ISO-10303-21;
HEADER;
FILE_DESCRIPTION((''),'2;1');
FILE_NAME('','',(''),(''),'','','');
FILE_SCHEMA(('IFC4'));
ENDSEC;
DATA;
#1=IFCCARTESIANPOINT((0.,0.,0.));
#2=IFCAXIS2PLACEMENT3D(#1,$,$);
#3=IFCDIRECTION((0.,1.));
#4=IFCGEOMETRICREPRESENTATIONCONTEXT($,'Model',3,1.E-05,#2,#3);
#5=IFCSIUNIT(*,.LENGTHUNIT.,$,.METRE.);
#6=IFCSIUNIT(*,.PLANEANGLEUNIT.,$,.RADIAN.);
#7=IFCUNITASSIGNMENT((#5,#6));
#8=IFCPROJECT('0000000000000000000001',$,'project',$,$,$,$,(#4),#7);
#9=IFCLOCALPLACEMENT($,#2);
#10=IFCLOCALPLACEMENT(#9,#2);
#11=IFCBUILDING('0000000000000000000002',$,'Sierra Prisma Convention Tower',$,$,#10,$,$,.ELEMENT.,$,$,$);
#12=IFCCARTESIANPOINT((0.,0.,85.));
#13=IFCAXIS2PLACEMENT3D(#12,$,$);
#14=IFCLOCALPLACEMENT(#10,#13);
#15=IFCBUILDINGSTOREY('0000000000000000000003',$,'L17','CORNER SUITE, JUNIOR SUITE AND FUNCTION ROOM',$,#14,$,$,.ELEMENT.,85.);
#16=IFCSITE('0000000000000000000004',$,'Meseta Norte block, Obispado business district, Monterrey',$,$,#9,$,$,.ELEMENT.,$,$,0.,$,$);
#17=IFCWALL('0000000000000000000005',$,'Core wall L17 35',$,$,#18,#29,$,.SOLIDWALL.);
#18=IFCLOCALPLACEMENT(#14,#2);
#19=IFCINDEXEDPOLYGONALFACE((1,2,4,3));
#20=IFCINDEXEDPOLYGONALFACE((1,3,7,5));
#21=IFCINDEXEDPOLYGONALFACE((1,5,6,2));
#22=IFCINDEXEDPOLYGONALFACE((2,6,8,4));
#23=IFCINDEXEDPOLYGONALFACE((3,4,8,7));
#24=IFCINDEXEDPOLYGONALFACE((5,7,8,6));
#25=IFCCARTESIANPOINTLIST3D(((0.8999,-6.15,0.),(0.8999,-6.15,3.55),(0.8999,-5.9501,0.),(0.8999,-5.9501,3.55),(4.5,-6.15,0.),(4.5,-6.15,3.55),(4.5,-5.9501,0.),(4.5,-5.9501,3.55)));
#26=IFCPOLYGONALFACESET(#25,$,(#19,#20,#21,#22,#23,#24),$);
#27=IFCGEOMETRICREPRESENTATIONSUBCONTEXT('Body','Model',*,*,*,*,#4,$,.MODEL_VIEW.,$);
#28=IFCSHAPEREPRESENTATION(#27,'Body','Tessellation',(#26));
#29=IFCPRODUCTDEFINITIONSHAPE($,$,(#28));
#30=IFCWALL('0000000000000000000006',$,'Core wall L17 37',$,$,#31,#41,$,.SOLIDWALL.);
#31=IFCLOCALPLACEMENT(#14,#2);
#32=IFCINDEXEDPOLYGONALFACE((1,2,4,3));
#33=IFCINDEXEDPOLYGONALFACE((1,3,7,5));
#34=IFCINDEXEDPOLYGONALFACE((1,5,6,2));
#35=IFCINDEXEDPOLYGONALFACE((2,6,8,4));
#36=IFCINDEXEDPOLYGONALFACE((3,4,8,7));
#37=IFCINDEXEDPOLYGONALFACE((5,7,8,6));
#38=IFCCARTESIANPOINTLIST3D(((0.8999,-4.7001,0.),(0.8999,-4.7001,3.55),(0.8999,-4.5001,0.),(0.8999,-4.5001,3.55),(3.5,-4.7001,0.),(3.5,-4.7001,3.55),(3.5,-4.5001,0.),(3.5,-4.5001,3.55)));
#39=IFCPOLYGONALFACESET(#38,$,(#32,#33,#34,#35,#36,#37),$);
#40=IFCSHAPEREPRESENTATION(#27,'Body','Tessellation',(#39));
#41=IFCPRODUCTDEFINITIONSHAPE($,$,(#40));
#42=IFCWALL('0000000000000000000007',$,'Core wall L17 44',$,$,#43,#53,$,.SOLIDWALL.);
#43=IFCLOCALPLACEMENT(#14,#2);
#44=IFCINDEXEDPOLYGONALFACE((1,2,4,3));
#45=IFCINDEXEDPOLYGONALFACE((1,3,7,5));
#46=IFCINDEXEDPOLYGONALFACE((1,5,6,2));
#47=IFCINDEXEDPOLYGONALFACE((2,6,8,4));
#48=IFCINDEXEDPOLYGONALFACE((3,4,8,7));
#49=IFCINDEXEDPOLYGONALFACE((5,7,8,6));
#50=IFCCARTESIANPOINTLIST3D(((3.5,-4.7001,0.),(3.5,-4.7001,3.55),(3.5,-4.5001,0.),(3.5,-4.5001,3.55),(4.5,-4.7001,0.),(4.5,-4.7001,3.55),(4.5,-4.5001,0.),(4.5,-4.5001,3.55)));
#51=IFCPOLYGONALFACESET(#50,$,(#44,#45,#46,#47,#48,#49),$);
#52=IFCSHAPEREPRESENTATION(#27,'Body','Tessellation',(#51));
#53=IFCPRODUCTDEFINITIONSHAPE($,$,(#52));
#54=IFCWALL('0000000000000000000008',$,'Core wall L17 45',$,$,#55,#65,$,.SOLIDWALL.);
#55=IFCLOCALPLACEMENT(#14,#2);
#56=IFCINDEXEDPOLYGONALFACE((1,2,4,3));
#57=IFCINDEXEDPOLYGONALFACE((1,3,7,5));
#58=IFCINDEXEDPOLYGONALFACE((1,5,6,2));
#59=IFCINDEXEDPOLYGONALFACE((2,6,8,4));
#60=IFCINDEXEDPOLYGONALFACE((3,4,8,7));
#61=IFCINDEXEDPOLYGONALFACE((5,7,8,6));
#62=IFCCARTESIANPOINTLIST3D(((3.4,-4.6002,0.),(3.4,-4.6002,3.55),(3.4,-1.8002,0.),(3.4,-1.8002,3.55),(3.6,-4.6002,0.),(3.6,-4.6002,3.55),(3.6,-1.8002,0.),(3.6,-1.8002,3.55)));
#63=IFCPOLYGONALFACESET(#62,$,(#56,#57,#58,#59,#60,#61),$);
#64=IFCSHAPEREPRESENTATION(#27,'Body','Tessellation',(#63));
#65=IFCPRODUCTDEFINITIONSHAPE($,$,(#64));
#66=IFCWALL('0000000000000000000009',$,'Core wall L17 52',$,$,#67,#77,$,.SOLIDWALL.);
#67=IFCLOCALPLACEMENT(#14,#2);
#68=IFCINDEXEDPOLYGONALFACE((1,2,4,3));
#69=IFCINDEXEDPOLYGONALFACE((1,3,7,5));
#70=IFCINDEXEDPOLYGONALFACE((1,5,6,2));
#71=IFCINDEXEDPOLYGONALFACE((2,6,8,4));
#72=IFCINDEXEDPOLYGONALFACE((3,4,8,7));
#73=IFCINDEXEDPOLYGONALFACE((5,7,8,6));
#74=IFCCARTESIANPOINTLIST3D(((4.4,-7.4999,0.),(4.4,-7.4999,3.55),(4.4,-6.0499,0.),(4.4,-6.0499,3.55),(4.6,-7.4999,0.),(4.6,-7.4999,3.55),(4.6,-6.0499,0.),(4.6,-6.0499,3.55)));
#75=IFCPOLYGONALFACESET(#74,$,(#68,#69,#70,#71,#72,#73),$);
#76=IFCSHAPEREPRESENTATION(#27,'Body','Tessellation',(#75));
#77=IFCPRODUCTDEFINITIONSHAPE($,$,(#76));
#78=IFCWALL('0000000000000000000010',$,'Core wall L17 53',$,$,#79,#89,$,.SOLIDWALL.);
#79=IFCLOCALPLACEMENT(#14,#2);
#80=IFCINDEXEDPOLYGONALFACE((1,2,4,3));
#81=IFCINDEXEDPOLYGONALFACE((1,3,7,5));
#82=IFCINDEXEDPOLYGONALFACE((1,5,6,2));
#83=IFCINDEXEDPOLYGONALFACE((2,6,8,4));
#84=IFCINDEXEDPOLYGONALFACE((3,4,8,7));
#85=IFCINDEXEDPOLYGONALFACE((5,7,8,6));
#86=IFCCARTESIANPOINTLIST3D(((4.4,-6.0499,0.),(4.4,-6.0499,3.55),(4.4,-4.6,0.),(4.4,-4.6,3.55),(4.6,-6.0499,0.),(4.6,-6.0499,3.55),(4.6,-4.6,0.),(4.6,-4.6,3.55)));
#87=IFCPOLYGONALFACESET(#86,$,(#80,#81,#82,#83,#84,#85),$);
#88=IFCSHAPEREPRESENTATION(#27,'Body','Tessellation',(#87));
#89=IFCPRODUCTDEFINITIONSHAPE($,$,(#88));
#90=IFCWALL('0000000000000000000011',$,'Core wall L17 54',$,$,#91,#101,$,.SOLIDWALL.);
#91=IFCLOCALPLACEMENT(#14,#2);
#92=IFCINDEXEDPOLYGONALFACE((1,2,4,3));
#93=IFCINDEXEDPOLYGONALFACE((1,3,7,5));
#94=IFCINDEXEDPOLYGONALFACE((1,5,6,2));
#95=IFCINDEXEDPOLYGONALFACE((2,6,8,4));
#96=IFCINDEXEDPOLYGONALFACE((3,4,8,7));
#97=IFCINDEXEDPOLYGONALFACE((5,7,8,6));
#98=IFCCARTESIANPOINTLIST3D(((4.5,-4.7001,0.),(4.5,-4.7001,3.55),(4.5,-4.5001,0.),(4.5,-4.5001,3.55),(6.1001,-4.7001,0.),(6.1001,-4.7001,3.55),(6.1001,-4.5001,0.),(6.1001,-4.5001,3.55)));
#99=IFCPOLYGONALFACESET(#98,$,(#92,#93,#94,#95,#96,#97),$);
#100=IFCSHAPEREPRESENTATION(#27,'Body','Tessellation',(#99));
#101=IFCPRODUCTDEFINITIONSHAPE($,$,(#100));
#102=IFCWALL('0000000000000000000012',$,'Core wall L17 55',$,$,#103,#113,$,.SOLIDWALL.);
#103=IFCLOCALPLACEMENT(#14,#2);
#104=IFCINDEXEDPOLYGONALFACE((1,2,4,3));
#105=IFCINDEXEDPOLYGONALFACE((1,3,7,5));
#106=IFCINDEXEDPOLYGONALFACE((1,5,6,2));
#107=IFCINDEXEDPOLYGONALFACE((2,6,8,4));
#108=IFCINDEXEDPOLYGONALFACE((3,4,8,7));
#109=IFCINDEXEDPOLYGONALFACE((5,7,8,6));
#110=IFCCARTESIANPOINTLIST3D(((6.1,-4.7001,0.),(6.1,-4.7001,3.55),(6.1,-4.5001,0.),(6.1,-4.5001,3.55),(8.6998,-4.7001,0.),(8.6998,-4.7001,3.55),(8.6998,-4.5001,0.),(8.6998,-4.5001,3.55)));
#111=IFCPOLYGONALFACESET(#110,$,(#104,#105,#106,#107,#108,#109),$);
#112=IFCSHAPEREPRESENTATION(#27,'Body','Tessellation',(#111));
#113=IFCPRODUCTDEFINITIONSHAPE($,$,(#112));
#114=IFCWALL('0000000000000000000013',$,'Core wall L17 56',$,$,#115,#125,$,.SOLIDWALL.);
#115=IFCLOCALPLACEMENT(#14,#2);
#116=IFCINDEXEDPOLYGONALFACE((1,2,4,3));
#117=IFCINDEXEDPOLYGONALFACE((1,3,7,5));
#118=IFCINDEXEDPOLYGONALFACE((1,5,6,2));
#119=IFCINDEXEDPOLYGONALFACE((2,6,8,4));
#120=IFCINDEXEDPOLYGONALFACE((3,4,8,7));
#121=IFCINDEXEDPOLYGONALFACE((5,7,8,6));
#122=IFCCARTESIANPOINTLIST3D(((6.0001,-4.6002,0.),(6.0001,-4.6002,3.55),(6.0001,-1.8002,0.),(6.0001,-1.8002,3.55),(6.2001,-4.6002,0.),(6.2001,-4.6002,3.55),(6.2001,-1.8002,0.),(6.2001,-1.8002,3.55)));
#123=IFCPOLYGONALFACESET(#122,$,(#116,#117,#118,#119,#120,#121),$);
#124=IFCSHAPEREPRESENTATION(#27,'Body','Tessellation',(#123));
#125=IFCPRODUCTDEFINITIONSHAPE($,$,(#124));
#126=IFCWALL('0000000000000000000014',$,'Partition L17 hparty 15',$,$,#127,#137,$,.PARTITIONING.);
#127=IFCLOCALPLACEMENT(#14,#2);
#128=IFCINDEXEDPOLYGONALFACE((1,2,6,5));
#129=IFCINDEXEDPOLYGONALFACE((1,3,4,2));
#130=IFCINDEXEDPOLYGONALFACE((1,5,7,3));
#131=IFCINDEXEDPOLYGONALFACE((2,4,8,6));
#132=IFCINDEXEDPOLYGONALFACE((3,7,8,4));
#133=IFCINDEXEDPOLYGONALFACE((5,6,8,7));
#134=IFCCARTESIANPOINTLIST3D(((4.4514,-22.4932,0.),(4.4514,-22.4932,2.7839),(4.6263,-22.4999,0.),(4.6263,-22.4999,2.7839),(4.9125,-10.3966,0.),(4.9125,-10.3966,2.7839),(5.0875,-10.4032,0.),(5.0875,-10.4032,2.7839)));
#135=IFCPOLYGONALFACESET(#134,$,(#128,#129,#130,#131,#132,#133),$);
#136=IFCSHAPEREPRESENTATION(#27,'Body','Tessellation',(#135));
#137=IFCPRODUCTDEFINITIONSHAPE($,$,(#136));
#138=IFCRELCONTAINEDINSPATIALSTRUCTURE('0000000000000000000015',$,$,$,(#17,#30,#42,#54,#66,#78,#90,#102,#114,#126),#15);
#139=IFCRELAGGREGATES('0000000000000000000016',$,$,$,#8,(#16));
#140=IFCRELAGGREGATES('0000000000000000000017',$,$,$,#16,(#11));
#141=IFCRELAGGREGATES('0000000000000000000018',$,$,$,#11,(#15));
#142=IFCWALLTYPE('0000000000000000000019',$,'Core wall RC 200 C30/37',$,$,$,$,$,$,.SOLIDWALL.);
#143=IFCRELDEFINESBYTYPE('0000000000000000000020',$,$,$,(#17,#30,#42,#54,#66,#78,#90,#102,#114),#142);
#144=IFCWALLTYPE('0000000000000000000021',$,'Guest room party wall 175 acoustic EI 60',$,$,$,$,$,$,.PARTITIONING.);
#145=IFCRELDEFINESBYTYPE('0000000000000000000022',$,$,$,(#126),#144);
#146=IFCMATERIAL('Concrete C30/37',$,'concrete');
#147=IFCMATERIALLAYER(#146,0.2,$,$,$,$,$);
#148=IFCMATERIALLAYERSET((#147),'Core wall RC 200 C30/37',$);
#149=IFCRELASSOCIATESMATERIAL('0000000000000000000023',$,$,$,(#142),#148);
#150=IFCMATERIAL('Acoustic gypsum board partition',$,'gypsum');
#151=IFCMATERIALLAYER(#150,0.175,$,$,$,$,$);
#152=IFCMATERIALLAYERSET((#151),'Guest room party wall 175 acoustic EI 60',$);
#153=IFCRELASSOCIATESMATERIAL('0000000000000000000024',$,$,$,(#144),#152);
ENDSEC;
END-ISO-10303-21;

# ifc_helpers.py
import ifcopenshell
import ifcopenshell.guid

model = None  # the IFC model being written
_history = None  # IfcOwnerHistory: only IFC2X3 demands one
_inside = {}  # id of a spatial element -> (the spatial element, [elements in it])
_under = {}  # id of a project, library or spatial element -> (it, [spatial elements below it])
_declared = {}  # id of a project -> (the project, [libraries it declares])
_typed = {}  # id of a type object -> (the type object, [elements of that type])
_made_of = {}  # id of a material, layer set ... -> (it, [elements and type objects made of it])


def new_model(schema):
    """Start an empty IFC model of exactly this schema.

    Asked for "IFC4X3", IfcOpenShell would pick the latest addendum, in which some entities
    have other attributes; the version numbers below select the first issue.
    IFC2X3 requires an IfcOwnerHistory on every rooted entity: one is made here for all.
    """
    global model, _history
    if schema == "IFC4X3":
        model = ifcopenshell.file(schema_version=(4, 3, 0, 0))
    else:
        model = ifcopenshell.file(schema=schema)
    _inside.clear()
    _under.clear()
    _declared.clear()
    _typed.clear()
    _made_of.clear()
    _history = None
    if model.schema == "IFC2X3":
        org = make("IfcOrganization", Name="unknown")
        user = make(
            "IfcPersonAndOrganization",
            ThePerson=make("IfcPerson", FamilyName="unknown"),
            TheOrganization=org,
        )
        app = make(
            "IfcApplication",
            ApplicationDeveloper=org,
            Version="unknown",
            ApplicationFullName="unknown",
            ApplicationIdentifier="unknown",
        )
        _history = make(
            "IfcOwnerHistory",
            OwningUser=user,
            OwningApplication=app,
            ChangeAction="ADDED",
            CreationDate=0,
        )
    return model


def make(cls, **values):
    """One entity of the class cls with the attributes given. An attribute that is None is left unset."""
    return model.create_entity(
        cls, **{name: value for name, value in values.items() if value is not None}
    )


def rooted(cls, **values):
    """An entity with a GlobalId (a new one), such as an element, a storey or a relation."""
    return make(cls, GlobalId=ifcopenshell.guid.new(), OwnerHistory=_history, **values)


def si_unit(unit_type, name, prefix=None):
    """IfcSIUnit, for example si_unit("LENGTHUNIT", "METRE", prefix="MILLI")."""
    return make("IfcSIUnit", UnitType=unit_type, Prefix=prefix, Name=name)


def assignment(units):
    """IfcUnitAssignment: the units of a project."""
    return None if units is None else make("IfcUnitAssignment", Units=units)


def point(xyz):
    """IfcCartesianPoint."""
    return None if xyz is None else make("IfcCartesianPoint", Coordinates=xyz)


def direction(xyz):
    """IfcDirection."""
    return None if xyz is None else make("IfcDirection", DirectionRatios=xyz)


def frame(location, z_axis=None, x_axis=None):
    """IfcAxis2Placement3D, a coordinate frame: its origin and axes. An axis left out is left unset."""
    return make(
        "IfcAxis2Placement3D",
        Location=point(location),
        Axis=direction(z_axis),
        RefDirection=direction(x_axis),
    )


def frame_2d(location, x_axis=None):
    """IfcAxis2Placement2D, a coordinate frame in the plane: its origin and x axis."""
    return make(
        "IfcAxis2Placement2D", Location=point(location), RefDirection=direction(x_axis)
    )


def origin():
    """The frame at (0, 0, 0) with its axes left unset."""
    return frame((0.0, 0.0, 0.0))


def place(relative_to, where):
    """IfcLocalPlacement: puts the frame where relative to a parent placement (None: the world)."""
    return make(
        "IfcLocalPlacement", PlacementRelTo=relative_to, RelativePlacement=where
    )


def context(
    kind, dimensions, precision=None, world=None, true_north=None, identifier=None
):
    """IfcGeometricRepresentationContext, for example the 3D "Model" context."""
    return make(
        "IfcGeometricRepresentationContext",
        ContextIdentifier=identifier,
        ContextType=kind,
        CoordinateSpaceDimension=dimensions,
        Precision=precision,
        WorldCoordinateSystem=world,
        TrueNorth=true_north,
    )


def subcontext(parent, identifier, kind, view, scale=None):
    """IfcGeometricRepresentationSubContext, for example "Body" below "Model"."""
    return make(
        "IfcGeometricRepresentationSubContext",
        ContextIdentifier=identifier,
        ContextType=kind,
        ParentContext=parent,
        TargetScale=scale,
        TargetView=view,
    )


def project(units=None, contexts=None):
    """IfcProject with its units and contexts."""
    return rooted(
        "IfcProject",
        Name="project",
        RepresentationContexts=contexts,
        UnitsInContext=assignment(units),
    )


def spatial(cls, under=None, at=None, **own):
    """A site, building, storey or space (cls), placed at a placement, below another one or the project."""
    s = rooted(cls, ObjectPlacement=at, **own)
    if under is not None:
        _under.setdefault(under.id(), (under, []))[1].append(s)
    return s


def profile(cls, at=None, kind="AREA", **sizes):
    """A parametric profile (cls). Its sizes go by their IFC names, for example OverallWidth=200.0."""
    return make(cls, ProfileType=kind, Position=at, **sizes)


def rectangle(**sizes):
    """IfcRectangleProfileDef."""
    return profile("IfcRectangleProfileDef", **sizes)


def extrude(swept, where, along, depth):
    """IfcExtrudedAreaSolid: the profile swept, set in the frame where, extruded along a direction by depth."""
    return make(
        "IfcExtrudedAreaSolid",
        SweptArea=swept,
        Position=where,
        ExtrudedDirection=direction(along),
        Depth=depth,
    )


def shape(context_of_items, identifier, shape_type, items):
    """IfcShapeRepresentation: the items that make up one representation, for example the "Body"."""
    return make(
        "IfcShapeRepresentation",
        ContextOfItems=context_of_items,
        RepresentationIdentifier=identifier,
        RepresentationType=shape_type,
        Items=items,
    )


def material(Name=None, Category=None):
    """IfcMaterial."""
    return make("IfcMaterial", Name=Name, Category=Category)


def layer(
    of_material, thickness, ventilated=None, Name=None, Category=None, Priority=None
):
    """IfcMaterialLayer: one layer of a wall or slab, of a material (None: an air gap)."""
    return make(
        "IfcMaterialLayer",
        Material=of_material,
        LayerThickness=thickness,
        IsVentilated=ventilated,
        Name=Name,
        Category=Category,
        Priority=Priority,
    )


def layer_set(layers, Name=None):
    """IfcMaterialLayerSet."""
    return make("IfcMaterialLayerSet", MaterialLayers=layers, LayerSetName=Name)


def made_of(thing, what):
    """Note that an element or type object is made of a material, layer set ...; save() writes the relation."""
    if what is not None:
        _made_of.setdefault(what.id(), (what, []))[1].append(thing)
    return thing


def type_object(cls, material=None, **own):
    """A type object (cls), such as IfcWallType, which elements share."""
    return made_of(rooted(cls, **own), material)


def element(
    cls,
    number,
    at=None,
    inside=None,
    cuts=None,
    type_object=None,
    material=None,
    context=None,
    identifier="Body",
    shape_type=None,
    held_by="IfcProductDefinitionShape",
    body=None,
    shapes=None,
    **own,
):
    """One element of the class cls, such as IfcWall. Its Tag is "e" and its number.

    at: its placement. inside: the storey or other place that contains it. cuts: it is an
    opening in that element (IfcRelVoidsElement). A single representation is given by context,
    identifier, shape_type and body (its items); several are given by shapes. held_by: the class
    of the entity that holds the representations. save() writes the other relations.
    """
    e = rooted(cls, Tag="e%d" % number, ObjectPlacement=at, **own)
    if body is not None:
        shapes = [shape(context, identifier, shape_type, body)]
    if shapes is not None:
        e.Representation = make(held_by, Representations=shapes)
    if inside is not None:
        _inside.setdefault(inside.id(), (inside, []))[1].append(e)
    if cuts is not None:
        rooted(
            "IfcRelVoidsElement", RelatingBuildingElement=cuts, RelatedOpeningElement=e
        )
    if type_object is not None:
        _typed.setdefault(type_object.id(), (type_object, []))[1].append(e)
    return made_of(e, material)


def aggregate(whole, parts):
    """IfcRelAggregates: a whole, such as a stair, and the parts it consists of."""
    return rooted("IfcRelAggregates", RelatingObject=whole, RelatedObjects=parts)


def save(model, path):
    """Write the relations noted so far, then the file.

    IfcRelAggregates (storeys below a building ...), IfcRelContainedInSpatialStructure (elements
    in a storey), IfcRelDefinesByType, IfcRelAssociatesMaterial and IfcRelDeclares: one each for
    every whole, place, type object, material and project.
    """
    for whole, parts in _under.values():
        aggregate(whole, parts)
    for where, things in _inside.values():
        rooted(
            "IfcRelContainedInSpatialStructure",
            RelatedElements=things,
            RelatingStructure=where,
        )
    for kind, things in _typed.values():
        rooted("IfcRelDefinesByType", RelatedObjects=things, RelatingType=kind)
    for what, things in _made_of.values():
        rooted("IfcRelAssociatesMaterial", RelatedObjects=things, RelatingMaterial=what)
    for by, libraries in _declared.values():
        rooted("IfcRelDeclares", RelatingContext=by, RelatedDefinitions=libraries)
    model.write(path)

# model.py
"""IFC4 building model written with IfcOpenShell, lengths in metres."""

from ifc_helpers import new_model, si_unit, direction, frame, frame_2d, origin, place, context, subcontext, project, spatial, rectangle, extrude, material, layer, layer_set, type_object, element, save


model = new_model("IFC4")

# Units and contexts
model_context = context("Model", 3, precision=1e-05, world=origin(), true_north=direction((0.0, 1.0)))
body_context = subcontext(model_context, "Body", "Model", "MODEL_VIEW")
ifc_project = project(units=[si_unit("LENGTHUNIT", "METRE"), si_unit("PLANEANGLEUNIT", "RADIAN")], contexts=[model_context])

# Site, building, storey
site_placement = place(None, origin())
site = spatial("IfcSite", under=ifc_project, at=site_placement, Name="Meseta Norte block, Obispado business district, Monterrey", CompositionType="ELEMENT", RefElevation=0.0)
building_placement = place(site_placement, origin())
building = spatial("IfcBuilding", under=site, at=building_placement, Name="Sierra Prisma Convention Tower", CompositionType="ELEMENT")
storey_placement = place(building_placement, frame((0.0, 0.0, 85.0)))
storey = spatial("IfcBuildingStorey", under=building, at=storey_placement, Name="L17", Description="CORNER SUITE, JUNIOR SUITE AND FUNCTION ROOM", CompositionType="ELEMENT", Elevation=85.0)

# Shared definitions
ifc_material_1 = material(Name="Concrete C30/37", Category="concrete")
ifc_layer_1 = layer(ifc_material_1, 0.2)
ifc_layer_set_1 = layer_set([ifc_layer_1], Name="Core wall RC 200 C30/37")
wall_type_1 = type_object("IfcWallType", Name="Core wall RC 200 C30/37", PredefinedType="SOLIDWALL", material=ifc_layer_set_1)

# Wall
wall_1_placement = place(storey_placement, frame((4.5, -6.05, 0.0), z_axis=(0.0, 0.0, 1.0), x_axis=(-1.0, 0.0, 0.0)))
element("IfcWall", 1, at=wall_1_placement, inside=storey, type_object=wall_type_1, Name="Core wall L17 35", PredefinedType="SOLIDWALL", context=body_context, shape_type="SweptSolid", body=[
    extrude(rectangle(XDim=3.6001, YDim=0.2, at=frame_2d((1.8, 0.0))), origin(), (0.0, 0.0, 1.0), 3.55),
])

# Walls
wall_2_placement = place(storey_placement, frame((3.5, -4.6001, 0.0), z_axis=(0.0, 0.0, 1.0), x_axis=(-1.0, 0.0, 0.0)))
element("IfcWall", 2, at=wall_2_placement, inside=storey, type_object=wall_type_1, Name="Core wall L17 37", PredefinedType="SOLIDWALL", context=body_context, shape_type="SweptSolid", body=[
    extrude(rectangle(XDim=2.6001, YDim=0.2, at=frame_2d((1.3, 0.0))), origin(), (0.0, 0.0, 1.0), 3.55),
])
wall_3_placement = place(storey_placement, frame((4.5, -4.6001, 0.0), z_axis=(0.0, 0.0, 1.0), x_axis=(-1.0, 0.0, 0.0)))
element("IfcWall", 3, at=wall_3_placement, inside=storey, type_object=wall_type_1, Name="Core wall L17 44", PredefinedType="SOLIDWALL", context=body_context, shape_type="SweptSolid", body=[
    extrude(rectangle(XDim=1.0, YDim=0.2, at=frame_2d((0.5, 0.0))), origin(), (0.0, 0.0, 1.0), 3.55),
])
wall_4_placement = place(storey_placement, frame((3.5, -4.6001, 0.0), z_axis=(0.0, 0.0, 1.0), x_axis=(0.0, 1.0, 0.0)))
element("IfcWall", 4, at=wall_4_placement, inside=storey, type_object=wall_type_1, Name="Core wall L17 45", PredefinedType="SOLIDWALL", context=body_context, shape_type="SweptSolid", body=[
    extrude(rectangle(XDim=2.8, YDim=0.2, at=frame_2d((1.3999, 0.0))), origin(), (0.0, 0.0, 1.0), 3.55),
])
for number, where, z_axis, x_axis, name in (
    (5, (4.5, -7.5, 0.0), (0.0, 0.0, 1.0), (0.0, 1.0, 0.0), "Core wall L17 52"),
    (6, (4.5, -6.05, 0.0), (0.0, 0.0, 1.0), (0.0, 1.0, 0.0), "Core wall L17 53"),
):
    element("IfcWall", number, at=place(storey_placement, frame(where, z_axis=z_axis, x_axis=x_axis)), inside=storey, type_object=wall_type_1, Name=name, PredefinedType="SOLIDWALL", context=body_context, shape_type="SweptSolid", body=[
        extrude(rectangle(XDim=1.45, YDim=0.2, at=frame_2d((0.7251, 0.0))), origin(), (0.0, 0.0, 1.0), 3.55),
    ])
wall_5_placement = place(storey_placement, frame((4.5, -4.6001, 0.0), z_axis=(0.0, 0.0, 1.0), x_axis=(1.0, 0.0, 0.0)))
element("IfcWall", 7, at=wall_5_placement, inside=storey, type_object=wall_type_1, Name="Core wall L17 54", PredefinedType="SOLIDWALL", context=body_context, shape_type="SweptSolid", body=[
    extrude(rectangle(XDim=1.6001, YDim=0.2, at=frame_2d((0.8, 0.0))), origin(), (0.0, 0.0, 1.0), 3.55),
])
wall_6_placement = place(storey_placement, frame((6.1001, -4.6001, 0.0), z_axis=(0.0, 0.0, 1.0), x_axis=(1.0, 0.0, 0.0)))
element("IfcWall", 8, at=wall_6_placement, inside=storey, type_object=wall_type_1, Name="Core wall L17 55", PredefinedType="SOLIDWALL", context=body_context, shape_type="SweptSolid", body=[
    extrude(rectangle(XDim=2.5999, YDim=0.2, at=frame_2d((1.2998, 0.0))), origin(), (0.0, 0.0, 1.0), 3.55),
])
wall_7_placement = place(storey_placement, frame((6.1001, -4.6001, 0.0), z_axis=(0.0, 0.0, 1.0), x_axis=(0.0, 1.0, 0.0)))
element("IfcWall", 9, at=wall_7_placement, inside=storey, type_object=wall_type_1, Name="Core wall L17 56", PredefinedType="SOLIDWALL", context=body_context, shape_type="SweptSolid", body=[
    extrude(rectangle(XDim=2.8, YDim=0.2, at=frame_2d((1.3999, 0.0))), origin(), (0.0, 0.0, 1.0), 3.55),
])
ifc_material_2 = material(Name="Acoustic gypsum board partition", Category="gypsum")
ifc_layer_2 = layer(ifc_material_2, 0.175)
ifc_layer_set_2 = layer_set([ifc_layer_2], Name="Guest room party wall 175 acoustic EI 60")
wall_type_2 = type_object("IfcWallType", Name="Guest room party wall 175 acoustic EI 60", PredefinedType="PARTITIONING", material=ifc_layer_set_2)
wall_8_placement = place(storey_placement, frame((5.0, -10.3999, 0.0), z_axis=(0.0, 0.0, 1.0), x_axis=(-0.038097, -0.999274, 0.0)))
element("IfcWall", 10, at=wall_8_placement, inside=storey, type_object=wall_type_2, Name="Partition L17 hparty 15", PredefinedType="PARTITIONING", context=body_context, shape_type="SweptSolid", body=[
    extrude(rectangle(XDim=12.1055, YDim=0.175, at=frame_2d((6.0527, 0.0))), origin(), (0.0, 0.0, 1.0), 2.7839),
])

save(model, "model.ifc")
